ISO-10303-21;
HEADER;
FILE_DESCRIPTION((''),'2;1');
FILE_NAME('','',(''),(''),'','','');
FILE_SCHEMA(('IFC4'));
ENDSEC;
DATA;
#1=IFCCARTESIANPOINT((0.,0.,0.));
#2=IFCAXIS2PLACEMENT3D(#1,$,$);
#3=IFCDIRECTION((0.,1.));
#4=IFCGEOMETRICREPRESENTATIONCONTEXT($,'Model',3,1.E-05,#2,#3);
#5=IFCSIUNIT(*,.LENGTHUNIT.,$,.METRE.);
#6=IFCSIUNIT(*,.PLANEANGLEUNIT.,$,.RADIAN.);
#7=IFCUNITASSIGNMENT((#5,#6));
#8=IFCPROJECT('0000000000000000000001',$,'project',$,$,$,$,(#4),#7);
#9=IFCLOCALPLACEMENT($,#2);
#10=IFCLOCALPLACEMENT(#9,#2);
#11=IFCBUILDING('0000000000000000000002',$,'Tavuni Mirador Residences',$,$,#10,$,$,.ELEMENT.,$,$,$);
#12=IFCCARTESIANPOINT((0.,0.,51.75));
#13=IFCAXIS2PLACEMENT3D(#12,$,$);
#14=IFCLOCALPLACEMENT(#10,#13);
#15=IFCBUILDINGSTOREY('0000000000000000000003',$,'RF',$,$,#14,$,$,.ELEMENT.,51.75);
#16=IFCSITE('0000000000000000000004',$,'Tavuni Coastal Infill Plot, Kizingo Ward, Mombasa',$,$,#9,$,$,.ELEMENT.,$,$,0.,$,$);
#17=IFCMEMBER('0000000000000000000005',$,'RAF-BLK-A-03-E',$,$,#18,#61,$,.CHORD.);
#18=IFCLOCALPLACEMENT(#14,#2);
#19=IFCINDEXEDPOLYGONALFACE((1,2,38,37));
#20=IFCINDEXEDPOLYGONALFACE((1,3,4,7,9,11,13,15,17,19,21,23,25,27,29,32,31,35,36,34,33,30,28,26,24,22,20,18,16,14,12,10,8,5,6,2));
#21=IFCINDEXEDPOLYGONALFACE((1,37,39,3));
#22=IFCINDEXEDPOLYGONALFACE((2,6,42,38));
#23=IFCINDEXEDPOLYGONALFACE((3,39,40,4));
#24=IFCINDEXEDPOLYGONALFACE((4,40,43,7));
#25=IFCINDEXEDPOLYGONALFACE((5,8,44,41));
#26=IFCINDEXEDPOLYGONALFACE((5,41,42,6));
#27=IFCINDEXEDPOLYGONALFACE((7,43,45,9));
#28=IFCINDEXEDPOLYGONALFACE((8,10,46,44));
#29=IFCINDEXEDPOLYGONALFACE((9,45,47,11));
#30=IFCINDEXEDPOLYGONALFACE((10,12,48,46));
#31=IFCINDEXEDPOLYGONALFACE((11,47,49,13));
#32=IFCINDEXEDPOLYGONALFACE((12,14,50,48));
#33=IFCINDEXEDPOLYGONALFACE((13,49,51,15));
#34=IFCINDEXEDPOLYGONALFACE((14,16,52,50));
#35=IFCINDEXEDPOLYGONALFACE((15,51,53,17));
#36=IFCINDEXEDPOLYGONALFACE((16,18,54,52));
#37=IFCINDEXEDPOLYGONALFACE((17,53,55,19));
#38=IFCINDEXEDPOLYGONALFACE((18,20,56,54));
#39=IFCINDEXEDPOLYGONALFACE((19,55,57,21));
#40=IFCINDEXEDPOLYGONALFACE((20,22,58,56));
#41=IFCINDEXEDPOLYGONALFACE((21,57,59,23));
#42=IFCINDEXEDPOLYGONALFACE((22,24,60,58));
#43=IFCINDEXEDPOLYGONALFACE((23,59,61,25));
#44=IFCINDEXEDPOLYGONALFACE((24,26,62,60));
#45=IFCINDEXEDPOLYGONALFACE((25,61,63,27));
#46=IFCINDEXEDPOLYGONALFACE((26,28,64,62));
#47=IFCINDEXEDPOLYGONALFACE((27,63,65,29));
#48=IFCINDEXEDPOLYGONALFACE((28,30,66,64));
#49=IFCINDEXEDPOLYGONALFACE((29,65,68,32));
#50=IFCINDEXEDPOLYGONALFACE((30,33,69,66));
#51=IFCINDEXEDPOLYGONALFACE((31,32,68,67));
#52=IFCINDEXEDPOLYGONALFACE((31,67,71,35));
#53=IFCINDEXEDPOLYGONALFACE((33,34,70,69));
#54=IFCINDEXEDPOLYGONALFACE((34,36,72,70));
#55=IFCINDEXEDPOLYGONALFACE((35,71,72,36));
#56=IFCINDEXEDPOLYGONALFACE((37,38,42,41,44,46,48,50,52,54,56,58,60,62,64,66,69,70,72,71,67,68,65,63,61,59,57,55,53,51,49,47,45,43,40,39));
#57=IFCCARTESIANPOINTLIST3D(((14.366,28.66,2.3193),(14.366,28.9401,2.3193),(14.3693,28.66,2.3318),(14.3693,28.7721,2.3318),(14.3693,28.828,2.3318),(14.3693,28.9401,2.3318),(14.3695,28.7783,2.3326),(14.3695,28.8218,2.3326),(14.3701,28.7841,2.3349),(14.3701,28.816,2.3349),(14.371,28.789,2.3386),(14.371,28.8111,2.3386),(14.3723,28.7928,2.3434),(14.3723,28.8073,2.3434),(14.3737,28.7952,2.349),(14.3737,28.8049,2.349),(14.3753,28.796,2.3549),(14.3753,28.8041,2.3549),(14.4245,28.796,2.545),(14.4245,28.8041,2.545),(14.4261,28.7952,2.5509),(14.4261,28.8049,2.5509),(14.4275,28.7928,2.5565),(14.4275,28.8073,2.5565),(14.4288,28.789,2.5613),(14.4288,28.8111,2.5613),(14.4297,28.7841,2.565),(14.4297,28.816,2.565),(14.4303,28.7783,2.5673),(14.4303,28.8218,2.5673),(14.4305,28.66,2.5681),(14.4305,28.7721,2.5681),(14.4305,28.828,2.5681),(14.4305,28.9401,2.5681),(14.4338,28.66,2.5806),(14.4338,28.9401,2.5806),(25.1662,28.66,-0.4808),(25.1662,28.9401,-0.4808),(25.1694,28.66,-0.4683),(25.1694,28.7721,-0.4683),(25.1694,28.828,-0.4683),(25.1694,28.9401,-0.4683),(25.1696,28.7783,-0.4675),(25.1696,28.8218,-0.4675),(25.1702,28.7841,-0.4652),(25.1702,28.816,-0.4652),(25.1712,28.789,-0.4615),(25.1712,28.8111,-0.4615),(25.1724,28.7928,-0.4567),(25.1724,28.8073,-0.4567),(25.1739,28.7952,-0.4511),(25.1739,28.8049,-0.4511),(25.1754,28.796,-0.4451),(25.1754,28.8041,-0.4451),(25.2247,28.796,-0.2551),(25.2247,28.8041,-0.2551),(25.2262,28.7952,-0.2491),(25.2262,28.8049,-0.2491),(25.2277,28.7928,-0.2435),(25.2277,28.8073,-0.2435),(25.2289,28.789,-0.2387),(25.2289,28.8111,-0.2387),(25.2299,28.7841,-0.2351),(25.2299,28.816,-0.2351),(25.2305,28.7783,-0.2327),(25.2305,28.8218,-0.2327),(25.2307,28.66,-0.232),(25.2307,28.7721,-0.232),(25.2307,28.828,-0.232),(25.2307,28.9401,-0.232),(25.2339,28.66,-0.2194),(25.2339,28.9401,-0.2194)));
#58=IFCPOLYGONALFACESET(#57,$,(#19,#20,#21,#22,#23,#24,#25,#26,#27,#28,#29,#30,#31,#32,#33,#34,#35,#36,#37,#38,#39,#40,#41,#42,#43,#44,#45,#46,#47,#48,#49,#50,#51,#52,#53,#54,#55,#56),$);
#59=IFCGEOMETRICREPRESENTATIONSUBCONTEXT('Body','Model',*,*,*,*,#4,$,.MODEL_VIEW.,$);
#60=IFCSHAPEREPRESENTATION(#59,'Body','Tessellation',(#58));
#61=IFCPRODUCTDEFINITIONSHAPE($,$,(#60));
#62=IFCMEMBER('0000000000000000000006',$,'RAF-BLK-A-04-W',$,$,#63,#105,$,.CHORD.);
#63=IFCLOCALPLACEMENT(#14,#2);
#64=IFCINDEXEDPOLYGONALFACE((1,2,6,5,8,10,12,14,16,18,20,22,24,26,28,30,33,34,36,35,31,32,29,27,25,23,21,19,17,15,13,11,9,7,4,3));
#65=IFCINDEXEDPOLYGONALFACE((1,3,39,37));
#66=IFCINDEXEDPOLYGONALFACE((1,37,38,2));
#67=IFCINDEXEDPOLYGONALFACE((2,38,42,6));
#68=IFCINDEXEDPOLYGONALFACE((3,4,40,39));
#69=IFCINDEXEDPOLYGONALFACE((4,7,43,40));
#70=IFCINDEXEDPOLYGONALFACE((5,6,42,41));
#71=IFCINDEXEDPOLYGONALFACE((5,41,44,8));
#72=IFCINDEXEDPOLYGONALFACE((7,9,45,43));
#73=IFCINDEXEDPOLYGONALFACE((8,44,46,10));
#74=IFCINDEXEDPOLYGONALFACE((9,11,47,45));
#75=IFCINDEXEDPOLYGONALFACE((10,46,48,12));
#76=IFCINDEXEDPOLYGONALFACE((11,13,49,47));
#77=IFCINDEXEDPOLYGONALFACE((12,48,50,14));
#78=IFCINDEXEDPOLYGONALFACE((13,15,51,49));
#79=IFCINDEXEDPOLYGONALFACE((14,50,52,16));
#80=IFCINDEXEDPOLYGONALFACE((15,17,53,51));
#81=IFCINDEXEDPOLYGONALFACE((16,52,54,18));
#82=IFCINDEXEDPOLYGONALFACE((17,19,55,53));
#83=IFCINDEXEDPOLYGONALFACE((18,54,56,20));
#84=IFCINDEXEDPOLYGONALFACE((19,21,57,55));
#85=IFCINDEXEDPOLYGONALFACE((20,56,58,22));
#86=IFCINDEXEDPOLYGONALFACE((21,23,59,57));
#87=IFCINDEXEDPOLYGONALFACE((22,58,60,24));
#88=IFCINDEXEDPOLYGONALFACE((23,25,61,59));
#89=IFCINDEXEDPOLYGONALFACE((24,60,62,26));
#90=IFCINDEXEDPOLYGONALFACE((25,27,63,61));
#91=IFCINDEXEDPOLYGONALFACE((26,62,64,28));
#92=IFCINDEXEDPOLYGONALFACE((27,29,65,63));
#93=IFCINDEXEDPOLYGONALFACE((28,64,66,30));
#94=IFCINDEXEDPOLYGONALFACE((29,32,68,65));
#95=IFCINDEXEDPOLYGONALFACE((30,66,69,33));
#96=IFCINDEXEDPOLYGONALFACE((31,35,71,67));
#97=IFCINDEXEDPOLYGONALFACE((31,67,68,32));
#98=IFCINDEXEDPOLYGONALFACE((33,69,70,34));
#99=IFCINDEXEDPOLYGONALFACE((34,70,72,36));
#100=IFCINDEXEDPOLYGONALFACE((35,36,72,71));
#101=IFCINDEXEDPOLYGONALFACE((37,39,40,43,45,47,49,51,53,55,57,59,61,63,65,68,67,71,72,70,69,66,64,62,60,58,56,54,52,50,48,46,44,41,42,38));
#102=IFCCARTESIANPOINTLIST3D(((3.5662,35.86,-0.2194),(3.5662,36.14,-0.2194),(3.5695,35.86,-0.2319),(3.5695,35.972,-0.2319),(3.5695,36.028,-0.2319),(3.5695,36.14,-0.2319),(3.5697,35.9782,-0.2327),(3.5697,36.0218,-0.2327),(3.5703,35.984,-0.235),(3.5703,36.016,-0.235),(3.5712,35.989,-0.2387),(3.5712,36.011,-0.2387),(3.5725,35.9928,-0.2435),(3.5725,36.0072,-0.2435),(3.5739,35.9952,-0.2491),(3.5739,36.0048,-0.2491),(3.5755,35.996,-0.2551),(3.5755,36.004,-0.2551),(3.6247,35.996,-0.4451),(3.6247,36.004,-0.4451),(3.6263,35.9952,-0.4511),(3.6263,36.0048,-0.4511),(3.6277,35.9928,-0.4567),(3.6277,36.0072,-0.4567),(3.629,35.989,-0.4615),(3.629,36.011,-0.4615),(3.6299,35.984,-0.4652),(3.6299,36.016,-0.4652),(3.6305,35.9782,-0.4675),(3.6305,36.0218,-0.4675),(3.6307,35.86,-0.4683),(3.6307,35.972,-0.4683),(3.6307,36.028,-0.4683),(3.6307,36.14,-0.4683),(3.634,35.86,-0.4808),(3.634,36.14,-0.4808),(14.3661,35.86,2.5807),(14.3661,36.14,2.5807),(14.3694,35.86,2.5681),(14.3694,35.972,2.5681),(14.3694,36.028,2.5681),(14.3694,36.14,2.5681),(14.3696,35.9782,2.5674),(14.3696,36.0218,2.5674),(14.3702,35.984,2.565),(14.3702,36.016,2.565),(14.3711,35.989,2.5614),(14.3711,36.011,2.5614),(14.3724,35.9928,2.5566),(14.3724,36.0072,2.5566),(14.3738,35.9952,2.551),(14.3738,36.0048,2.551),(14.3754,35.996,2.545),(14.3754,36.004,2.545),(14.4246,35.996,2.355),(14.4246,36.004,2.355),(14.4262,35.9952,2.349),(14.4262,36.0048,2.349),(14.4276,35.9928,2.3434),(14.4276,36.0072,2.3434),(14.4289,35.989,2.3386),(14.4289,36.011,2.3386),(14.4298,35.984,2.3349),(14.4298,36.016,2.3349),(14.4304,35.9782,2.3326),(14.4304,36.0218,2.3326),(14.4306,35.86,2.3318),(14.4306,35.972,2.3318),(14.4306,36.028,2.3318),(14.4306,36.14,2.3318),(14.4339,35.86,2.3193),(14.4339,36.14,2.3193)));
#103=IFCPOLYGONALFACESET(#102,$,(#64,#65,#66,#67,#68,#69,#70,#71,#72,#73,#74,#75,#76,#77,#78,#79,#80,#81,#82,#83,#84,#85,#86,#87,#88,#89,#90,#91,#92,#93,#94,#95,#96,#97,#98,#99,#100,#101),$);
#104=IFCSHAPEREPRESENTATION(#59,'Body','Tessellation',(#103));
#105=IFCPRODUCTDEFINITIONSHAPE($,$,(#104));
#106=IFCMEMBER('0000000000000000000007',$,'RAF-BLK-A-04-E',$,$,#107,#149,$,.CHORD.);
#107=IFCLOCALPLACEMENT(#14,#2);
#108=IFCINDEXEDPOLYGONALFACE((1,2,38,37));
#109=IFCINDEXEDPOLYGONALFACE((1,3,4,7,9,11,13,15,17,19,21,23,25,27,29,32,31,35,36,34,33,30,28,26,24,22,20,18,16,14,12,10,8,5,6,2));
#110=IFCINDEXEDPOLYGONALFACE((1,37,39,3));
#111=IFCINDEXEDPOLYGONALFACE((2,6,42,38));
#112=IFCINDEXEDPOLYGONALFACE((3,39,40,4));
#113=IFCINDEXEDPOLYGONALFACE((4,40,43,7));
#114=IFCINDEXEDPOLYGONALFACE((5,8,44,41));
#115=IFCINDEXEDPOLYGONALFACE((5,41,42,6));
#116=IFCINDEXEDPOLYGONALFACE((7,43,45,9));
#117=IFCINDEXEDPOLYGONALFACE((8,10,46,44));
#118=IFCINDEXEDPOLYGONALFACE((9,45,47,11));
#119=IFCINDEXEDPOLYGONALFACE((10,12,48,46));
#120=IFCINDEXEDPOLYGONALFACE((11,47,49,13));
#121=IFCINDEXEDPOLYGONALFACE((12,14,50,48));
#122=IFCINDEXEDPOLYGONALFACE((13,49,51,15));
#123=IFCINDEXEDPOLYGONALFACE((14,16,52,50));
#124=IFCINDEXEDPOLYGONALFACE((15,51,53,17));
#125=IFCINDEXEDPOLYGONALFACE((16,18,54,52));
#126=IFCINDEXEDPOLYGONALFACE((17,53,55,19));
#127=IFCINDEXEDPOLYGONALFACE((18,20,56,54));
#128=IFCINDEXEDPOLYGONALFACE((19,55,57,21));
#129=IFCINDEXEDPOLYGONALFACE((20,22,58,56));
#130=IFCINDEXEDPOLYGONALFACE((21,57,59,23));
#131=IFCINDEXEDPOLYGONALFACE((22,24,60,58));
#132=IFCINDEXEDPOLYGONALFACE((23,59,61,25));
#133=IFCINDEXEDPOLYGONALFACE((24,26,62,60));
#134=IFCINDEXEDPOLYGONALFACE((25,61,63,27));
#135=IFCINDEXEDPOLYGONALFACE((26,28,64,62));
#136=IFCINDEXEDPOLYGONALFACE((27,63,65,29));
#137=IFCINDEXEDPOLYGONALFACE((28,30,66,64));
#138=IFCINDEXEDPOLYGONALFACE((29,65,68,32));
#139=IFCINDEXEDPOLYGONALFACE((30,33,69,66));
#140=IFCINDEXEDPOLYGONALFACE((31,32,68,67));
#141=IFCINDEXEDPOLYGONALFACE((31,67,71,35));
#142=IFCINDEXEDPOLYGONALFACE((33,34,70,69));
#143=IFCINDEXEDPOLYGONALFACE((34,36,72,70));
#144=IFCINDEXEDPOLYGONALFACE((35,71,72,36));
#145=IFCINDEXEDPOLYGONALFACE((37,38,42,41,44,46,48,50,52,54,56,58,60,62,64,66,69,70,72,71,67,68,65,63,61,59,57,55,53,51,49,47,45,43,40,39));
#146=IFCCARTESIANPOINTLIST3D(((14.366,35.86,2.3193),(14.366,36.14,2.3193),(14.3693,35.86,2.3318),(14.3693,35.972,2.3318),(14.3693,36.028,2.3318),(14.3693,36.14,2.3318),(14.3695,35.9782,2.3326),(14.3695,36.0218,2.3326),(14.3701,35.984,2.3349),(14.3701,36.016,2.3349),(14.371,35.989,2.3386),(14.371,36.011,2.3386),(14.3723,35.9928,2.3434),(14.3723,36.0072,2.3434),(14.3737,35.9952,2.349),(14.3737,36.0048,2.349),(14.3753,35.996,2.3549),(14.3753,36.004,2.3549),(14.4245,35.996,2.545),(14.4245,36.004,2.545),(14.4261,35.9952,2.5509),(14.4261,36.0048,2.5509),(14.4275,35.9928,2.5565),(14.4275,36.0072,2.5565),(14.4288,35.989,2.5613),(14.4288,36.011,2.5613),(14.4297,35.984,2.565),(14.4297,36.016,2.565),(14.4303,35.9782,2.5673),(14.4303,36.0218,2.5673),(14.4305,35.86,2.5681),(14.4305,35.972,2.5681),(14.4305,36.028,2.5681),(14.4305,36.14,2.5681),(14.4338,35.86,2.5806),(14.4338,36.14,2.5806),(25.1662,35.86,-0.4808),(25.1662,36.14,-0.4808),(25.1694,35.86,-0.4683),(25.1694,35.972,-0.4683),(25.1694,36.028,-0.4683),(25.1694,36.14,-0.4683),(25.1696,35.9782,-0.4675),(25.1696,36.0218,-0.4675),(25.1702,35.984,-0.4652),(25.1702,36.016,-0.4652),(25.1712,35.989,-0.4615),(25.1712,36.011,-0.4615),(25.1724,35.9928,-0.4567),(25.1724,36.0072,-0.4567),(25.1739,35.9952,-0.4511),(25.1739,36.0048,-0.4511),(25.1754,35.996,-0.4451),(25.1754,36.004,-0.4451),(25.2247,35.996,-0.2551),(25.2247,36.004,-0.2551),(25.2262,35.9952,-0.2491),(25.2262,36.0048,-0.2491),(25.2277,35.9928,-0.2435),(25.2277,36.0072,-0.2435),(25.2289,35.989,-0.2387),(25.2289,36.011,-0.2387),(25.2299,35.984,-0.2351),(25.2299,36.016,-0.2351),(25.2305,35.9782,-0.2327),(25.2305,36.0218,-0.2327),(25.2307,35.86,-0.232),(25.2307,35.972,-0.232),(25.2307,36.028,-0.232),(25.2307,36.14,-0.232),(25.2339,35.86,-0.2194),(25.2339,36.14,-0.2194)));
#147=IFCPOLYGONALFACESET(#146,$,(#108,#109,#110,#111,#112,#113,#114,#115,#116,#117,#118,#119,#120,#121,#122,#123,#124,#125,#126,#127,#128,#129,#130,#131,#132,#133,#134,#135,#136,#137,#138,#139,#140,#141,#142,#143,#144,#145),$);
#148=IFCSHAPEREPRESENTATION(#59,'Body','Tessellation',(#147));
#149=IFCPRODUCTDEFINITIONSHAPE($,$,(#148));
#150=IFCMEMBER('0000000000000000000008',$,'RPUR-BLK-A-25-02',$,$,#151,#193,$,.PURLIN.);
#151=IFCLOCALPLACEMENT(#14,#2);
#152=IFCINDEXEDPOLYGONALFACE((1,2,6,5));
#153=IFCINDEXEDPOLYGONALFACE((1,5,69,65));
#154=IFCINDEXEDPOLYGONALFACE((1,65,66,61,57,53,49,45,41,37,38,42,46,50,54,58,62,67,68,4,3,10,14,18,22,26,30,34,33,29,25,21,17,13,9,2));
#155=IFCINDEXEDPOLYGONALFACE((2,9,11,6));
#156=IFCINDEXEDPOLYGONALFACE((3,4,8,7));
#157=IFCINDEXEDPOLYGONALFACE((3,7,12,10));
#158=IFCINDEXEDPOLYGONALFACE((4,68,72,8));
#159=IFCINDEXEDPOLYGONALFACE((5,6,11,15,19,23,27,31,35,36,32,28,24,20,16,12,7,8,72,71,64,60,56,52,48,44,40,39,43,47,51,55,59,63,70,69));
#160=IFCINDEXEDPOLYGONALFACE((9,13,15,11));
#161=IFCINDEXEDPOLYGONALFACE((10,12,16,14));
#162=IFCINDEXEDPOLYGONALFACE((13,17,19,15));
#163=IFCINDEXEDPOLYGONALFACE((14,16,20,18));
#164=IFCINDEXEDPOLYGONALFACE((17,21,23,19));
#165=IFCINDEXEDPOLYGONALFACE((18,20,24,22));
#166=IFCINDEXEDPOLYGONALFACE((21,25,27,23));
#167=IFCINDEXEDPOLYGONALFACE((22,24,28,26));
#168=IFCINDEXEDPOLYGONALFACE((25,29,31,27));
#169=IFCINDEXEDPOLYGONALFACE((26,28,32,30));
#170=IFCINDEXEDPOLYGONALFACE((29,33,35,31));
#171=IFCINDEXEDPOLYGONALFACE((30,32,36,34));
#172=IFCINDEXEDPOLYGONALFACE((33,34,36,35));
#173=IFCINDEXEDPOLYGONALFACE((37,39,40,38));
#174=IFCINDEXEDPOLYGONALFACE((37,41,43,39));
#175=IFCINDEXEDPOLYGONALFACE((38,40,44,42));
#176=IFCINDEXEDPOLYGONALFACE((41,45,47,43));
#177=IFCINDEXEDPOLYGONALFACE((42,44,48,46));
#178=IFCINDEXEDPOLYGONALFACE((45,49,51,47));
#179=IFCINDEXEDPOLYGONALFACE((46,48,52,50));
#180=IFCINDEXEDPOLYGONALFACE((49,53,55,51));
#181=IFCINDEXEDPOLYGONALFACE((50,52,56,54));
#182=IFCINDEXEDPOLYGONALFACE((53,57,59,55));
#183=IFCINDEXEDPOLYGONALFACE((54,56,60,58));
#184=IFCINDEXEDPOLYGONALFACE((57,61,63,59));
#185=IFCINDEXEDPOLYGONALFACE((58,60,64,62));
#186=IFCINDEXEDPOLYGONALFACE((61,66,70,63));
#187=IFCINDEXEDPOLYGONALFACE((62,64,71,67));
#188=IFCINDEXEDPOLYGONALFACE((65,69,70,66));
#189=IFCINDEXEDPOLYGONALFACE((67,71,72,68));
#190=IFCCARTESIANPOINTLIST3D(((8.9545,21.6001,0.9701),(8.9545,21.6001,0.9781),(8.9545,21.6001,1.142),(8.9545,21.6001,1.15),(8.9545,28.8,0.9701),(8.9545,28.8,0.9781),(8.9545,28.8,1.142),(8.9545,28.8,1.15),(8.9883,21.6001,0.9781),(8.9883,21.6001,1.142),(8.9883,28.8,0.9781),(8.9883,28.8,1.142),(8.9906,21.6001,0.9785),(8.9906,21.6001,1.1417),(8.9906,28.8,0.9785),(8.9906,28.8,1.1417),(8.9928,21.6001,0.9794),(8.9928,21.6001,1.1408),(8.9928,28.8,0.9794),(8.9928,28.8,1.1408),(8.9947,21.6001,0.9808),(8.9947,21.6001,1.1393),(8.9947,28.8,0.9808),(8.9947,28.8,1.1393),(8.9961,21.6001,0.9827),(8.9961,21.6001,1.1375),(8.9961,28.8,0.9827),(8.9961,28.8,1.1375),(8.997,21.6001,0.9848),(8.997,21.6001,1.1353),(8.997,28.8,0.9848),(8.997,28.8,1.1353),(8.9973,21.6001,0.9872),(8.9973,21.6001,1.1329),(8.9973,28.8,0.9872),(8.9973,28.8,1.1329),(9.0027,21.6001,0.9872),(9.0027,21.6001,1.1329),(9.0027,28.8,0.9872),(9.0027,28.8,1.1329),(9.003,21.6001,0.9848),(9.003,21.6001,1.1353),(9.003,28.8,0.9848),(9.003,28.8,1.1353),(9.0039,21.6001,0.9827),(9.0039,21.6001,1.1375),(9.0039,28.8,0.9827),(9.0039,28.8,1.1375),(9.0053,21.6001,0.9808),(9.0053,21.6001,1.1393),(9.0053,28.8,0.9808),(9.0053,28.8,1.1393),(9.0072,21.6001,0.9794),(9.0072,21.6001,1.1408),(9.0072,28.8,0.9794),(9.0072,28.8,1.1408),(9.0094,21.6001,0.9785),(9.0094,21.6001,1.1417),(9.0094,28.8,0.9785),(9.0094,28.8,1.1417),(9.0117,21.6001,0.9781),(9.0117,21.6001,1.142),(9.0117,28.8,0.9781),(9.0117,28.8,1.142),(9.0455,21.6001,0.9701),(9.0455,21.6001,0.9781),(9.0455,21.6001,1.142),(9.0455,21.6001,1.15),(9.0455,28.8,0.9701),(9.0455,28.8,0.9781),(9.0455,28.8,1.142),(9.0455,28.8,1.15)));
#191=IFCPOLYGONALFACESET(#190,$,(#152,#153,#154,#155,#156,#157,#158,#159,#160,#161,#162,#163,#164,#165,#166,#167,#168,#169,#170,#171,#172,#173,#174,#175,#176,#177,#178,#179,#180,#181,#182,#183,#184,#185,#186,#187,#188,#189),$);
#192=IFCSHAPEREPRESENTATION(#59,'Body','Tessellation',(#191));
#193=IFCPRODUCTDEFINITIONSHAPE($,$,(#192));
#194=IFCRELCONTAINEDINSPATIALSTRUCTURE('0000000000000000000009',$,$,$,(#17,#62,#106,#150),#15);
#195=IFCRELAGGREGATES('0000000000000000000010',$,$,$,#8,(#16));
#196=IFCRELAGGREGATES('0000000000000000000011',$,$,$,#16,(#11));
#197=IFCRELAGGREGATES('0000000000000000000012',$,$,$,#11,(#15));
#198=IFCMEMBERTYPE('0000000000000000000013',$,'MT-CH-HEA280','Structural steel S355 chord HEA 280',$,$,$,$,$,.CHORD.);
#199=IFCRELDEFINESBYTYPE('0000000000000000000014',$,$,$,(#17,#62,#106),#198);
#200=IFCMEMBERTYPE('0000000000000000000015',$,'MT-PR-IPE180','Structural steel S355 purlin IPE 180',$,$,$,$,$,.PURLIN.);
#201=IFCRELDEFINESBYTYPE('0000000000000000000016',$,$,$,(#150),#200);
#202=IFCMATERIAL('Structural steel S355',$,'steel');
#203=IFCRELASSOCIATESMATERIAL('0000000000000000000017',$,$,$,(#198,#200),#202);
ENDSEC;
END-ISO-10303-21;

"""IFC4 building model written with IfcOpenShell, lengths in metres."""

from ifc_helpers import new_model, si_unit, direction, frame, origin, origin_2d, place, context, subcontext, project, spatial, i_section, extrude, material, material_profile, profile_set, type_object, element, save


model = new_model("IFC4")

# Units and contexts
model_context = context("Model", 3, precision=1e-05, world=origin(), true_north=direction((0.0, 1.0)))
body_context = subcontext(model_context, "Body", "Model", "MODEL_VIEW")
ifc_project = project(units=[si_unit("LENGTHUNIT", "METRE"), si_unit("PLANEANGLEUNIT", "RADIAN")], contexts=[model_context])

# Site, building, storey
site_placement = place(None, origin())
site = spatial("IfcSite", under=ifc_project, at=site_placement, Name="Tavuni Coastal Infill Plot, Kizingo Ward, Mombasa", CompositionType="ELEMENT", RefElevation=0.0)
building_placement = place(site_placement, origin())
building = spatial("IfcBuilding", under=site, at=building_placement, Name="Tavuni Mirador Residences", CompositionType="ELEMENT")
storey_placement = place(building_placement, frame((0.0, 0.0, 51.75)))
storey = spatial("IfcBuildingStorey", under=building, at=storey_placement, Name="RF", CompositionType="ELEMENT", Elevation=51.75)

# Members
ifc_material_1 = material(Name="Structural steel S355", Category="steel")
ifc_material_profile_1 = material_profile(ifc_material_1, i_section(OverallWidth=0.28, OverallDepth=0.27, WebThickness=0.0081, FlangeThickness=0.0129, FilletRadius=0.0239, at=origin_2d()), Name="HEA 280", Category="steel")
ifc_profile_set_1 = profile_set([ifc_material_profile_1], Name="Structural steel S355")
member_type_1 = type_object("IfcMemberType", Name="MT-CH-HEA280", Description="Structural steel S355 chord HEA 280", PredefinedType="CHORD", material=ifc_profile_set_1)
member_1_placement = place(storey_placement, frame((14.3999, 28.8, 2.45), z_axis=(0.967996, 0.0, -0.250965), x_axis=(0.0, 1.0, 0.0)))
element("IfcMember", 1, at=member_1_placement, inside=storey, type_object=member_type_1, Name="RAF-BLK-A-03-E", PredefinedType="CHORD", context=body_context, shape_type="SweptSolid", body=[
    extrude(i_section(OverallWidth=0.28, OverallDepth=0.27, WebThickness=0.0081, FlangeThickness=0.0129, FilletRadius=0.0239, at=origin_2d()), origin(), (0.0, 0.0, 1.0), 11.1572),
])
member_2_placement = place(storey_placement, frame((3.6001, 36.0, -0.3501), z_axis=(0.967995, 0.0, 0.250971), x_axis=(0.0, 1.0, 0.0)))
element("IfcMember", 2, at=member_2_placement, inside=storey, type_object=member_type_1, Name="RAF-BLK-A-04-W", PredefinedType="CHORD", context=body_context, shape_type="SweptSolid", body=[
    extrude(i_section(OverallWidth=0.28, OverallDepth=0.27, WebThickness=0.0081, FlangeThickness=0.0129, FilletRadius=0.0239, at=origin_2d()), origin(), (0.0, 0.0, 1.0), 11.157),
])
member_3_placement = place(storey_placement, frame((14.3999, 36.0, 2.45), z_axis=(0.967996, 0.0, -0.250965), x_axis=(0.0, 1.0, 0.0)))
element("IfcMember", 3, at=member_3_placement, inside=storey, type_object=member_type_1, Name="RAF-BLK-A-04-E", PredefinedType="CHORD", context=body_context, shape_type="SweptSolid", body=[
    extrude(i_section(OverallWidth=0.28, OverallDepth=0.27, WebThickness=0.0081, FlangeThickness=0.0129, FilletRadius=0.0239, at=origin_2d()), origin(), (0.0, 0.0, 1.0), 11.1572),
])
ifc_material_profile_2 = material_profile(ifc_material_1, i_section(OverallWidth=0.0911, OverallDepth=0.1799, WebThickness=0.0054, FlangeThickness=0.0081, FilletRadius=0.009, at=origin_2d()), Name="IPE 180", Category="steel")
ifc_profile_set_2 = profile_set([ifc_material_profile_2], Name="Structural steel S355")
member_type_2 = type_object("IfcMemberType", Name="MT-PR-IPE180", Description="Structural steel S355 purlin IPE 180", PredefinedType="PURLIN", material=ifc_profile_set_2)
for number, where, z_axis, x_axis, name in (
    (4, (9.0, 21.6001, 1.0601), (0.0, 1.0, 0.0), (-1.0, 0.0, 0.0), "RPUR-BLK-A-25-02"),
):
    element("IfcMember", number, at=place(storey_placement, frame(where, z_axis=z_axis, x_axis=x_axis)), inside=storey, type_object=member_type_2, Name=name, PredefinedType="PURLIN", context=body_context, shape_type="SweptSolid", body=[
        extrude(i_section(OverallWidth=0.0911, OverallDepth=0.1799, WebThickness=0.0054, FlangeThickness=0.0081, FilletRadius=0.009, at=origin_2d()), origin(), (0.0, 0.0, 1.0), 7.2),
    ])

save(model, "model.ifc")
